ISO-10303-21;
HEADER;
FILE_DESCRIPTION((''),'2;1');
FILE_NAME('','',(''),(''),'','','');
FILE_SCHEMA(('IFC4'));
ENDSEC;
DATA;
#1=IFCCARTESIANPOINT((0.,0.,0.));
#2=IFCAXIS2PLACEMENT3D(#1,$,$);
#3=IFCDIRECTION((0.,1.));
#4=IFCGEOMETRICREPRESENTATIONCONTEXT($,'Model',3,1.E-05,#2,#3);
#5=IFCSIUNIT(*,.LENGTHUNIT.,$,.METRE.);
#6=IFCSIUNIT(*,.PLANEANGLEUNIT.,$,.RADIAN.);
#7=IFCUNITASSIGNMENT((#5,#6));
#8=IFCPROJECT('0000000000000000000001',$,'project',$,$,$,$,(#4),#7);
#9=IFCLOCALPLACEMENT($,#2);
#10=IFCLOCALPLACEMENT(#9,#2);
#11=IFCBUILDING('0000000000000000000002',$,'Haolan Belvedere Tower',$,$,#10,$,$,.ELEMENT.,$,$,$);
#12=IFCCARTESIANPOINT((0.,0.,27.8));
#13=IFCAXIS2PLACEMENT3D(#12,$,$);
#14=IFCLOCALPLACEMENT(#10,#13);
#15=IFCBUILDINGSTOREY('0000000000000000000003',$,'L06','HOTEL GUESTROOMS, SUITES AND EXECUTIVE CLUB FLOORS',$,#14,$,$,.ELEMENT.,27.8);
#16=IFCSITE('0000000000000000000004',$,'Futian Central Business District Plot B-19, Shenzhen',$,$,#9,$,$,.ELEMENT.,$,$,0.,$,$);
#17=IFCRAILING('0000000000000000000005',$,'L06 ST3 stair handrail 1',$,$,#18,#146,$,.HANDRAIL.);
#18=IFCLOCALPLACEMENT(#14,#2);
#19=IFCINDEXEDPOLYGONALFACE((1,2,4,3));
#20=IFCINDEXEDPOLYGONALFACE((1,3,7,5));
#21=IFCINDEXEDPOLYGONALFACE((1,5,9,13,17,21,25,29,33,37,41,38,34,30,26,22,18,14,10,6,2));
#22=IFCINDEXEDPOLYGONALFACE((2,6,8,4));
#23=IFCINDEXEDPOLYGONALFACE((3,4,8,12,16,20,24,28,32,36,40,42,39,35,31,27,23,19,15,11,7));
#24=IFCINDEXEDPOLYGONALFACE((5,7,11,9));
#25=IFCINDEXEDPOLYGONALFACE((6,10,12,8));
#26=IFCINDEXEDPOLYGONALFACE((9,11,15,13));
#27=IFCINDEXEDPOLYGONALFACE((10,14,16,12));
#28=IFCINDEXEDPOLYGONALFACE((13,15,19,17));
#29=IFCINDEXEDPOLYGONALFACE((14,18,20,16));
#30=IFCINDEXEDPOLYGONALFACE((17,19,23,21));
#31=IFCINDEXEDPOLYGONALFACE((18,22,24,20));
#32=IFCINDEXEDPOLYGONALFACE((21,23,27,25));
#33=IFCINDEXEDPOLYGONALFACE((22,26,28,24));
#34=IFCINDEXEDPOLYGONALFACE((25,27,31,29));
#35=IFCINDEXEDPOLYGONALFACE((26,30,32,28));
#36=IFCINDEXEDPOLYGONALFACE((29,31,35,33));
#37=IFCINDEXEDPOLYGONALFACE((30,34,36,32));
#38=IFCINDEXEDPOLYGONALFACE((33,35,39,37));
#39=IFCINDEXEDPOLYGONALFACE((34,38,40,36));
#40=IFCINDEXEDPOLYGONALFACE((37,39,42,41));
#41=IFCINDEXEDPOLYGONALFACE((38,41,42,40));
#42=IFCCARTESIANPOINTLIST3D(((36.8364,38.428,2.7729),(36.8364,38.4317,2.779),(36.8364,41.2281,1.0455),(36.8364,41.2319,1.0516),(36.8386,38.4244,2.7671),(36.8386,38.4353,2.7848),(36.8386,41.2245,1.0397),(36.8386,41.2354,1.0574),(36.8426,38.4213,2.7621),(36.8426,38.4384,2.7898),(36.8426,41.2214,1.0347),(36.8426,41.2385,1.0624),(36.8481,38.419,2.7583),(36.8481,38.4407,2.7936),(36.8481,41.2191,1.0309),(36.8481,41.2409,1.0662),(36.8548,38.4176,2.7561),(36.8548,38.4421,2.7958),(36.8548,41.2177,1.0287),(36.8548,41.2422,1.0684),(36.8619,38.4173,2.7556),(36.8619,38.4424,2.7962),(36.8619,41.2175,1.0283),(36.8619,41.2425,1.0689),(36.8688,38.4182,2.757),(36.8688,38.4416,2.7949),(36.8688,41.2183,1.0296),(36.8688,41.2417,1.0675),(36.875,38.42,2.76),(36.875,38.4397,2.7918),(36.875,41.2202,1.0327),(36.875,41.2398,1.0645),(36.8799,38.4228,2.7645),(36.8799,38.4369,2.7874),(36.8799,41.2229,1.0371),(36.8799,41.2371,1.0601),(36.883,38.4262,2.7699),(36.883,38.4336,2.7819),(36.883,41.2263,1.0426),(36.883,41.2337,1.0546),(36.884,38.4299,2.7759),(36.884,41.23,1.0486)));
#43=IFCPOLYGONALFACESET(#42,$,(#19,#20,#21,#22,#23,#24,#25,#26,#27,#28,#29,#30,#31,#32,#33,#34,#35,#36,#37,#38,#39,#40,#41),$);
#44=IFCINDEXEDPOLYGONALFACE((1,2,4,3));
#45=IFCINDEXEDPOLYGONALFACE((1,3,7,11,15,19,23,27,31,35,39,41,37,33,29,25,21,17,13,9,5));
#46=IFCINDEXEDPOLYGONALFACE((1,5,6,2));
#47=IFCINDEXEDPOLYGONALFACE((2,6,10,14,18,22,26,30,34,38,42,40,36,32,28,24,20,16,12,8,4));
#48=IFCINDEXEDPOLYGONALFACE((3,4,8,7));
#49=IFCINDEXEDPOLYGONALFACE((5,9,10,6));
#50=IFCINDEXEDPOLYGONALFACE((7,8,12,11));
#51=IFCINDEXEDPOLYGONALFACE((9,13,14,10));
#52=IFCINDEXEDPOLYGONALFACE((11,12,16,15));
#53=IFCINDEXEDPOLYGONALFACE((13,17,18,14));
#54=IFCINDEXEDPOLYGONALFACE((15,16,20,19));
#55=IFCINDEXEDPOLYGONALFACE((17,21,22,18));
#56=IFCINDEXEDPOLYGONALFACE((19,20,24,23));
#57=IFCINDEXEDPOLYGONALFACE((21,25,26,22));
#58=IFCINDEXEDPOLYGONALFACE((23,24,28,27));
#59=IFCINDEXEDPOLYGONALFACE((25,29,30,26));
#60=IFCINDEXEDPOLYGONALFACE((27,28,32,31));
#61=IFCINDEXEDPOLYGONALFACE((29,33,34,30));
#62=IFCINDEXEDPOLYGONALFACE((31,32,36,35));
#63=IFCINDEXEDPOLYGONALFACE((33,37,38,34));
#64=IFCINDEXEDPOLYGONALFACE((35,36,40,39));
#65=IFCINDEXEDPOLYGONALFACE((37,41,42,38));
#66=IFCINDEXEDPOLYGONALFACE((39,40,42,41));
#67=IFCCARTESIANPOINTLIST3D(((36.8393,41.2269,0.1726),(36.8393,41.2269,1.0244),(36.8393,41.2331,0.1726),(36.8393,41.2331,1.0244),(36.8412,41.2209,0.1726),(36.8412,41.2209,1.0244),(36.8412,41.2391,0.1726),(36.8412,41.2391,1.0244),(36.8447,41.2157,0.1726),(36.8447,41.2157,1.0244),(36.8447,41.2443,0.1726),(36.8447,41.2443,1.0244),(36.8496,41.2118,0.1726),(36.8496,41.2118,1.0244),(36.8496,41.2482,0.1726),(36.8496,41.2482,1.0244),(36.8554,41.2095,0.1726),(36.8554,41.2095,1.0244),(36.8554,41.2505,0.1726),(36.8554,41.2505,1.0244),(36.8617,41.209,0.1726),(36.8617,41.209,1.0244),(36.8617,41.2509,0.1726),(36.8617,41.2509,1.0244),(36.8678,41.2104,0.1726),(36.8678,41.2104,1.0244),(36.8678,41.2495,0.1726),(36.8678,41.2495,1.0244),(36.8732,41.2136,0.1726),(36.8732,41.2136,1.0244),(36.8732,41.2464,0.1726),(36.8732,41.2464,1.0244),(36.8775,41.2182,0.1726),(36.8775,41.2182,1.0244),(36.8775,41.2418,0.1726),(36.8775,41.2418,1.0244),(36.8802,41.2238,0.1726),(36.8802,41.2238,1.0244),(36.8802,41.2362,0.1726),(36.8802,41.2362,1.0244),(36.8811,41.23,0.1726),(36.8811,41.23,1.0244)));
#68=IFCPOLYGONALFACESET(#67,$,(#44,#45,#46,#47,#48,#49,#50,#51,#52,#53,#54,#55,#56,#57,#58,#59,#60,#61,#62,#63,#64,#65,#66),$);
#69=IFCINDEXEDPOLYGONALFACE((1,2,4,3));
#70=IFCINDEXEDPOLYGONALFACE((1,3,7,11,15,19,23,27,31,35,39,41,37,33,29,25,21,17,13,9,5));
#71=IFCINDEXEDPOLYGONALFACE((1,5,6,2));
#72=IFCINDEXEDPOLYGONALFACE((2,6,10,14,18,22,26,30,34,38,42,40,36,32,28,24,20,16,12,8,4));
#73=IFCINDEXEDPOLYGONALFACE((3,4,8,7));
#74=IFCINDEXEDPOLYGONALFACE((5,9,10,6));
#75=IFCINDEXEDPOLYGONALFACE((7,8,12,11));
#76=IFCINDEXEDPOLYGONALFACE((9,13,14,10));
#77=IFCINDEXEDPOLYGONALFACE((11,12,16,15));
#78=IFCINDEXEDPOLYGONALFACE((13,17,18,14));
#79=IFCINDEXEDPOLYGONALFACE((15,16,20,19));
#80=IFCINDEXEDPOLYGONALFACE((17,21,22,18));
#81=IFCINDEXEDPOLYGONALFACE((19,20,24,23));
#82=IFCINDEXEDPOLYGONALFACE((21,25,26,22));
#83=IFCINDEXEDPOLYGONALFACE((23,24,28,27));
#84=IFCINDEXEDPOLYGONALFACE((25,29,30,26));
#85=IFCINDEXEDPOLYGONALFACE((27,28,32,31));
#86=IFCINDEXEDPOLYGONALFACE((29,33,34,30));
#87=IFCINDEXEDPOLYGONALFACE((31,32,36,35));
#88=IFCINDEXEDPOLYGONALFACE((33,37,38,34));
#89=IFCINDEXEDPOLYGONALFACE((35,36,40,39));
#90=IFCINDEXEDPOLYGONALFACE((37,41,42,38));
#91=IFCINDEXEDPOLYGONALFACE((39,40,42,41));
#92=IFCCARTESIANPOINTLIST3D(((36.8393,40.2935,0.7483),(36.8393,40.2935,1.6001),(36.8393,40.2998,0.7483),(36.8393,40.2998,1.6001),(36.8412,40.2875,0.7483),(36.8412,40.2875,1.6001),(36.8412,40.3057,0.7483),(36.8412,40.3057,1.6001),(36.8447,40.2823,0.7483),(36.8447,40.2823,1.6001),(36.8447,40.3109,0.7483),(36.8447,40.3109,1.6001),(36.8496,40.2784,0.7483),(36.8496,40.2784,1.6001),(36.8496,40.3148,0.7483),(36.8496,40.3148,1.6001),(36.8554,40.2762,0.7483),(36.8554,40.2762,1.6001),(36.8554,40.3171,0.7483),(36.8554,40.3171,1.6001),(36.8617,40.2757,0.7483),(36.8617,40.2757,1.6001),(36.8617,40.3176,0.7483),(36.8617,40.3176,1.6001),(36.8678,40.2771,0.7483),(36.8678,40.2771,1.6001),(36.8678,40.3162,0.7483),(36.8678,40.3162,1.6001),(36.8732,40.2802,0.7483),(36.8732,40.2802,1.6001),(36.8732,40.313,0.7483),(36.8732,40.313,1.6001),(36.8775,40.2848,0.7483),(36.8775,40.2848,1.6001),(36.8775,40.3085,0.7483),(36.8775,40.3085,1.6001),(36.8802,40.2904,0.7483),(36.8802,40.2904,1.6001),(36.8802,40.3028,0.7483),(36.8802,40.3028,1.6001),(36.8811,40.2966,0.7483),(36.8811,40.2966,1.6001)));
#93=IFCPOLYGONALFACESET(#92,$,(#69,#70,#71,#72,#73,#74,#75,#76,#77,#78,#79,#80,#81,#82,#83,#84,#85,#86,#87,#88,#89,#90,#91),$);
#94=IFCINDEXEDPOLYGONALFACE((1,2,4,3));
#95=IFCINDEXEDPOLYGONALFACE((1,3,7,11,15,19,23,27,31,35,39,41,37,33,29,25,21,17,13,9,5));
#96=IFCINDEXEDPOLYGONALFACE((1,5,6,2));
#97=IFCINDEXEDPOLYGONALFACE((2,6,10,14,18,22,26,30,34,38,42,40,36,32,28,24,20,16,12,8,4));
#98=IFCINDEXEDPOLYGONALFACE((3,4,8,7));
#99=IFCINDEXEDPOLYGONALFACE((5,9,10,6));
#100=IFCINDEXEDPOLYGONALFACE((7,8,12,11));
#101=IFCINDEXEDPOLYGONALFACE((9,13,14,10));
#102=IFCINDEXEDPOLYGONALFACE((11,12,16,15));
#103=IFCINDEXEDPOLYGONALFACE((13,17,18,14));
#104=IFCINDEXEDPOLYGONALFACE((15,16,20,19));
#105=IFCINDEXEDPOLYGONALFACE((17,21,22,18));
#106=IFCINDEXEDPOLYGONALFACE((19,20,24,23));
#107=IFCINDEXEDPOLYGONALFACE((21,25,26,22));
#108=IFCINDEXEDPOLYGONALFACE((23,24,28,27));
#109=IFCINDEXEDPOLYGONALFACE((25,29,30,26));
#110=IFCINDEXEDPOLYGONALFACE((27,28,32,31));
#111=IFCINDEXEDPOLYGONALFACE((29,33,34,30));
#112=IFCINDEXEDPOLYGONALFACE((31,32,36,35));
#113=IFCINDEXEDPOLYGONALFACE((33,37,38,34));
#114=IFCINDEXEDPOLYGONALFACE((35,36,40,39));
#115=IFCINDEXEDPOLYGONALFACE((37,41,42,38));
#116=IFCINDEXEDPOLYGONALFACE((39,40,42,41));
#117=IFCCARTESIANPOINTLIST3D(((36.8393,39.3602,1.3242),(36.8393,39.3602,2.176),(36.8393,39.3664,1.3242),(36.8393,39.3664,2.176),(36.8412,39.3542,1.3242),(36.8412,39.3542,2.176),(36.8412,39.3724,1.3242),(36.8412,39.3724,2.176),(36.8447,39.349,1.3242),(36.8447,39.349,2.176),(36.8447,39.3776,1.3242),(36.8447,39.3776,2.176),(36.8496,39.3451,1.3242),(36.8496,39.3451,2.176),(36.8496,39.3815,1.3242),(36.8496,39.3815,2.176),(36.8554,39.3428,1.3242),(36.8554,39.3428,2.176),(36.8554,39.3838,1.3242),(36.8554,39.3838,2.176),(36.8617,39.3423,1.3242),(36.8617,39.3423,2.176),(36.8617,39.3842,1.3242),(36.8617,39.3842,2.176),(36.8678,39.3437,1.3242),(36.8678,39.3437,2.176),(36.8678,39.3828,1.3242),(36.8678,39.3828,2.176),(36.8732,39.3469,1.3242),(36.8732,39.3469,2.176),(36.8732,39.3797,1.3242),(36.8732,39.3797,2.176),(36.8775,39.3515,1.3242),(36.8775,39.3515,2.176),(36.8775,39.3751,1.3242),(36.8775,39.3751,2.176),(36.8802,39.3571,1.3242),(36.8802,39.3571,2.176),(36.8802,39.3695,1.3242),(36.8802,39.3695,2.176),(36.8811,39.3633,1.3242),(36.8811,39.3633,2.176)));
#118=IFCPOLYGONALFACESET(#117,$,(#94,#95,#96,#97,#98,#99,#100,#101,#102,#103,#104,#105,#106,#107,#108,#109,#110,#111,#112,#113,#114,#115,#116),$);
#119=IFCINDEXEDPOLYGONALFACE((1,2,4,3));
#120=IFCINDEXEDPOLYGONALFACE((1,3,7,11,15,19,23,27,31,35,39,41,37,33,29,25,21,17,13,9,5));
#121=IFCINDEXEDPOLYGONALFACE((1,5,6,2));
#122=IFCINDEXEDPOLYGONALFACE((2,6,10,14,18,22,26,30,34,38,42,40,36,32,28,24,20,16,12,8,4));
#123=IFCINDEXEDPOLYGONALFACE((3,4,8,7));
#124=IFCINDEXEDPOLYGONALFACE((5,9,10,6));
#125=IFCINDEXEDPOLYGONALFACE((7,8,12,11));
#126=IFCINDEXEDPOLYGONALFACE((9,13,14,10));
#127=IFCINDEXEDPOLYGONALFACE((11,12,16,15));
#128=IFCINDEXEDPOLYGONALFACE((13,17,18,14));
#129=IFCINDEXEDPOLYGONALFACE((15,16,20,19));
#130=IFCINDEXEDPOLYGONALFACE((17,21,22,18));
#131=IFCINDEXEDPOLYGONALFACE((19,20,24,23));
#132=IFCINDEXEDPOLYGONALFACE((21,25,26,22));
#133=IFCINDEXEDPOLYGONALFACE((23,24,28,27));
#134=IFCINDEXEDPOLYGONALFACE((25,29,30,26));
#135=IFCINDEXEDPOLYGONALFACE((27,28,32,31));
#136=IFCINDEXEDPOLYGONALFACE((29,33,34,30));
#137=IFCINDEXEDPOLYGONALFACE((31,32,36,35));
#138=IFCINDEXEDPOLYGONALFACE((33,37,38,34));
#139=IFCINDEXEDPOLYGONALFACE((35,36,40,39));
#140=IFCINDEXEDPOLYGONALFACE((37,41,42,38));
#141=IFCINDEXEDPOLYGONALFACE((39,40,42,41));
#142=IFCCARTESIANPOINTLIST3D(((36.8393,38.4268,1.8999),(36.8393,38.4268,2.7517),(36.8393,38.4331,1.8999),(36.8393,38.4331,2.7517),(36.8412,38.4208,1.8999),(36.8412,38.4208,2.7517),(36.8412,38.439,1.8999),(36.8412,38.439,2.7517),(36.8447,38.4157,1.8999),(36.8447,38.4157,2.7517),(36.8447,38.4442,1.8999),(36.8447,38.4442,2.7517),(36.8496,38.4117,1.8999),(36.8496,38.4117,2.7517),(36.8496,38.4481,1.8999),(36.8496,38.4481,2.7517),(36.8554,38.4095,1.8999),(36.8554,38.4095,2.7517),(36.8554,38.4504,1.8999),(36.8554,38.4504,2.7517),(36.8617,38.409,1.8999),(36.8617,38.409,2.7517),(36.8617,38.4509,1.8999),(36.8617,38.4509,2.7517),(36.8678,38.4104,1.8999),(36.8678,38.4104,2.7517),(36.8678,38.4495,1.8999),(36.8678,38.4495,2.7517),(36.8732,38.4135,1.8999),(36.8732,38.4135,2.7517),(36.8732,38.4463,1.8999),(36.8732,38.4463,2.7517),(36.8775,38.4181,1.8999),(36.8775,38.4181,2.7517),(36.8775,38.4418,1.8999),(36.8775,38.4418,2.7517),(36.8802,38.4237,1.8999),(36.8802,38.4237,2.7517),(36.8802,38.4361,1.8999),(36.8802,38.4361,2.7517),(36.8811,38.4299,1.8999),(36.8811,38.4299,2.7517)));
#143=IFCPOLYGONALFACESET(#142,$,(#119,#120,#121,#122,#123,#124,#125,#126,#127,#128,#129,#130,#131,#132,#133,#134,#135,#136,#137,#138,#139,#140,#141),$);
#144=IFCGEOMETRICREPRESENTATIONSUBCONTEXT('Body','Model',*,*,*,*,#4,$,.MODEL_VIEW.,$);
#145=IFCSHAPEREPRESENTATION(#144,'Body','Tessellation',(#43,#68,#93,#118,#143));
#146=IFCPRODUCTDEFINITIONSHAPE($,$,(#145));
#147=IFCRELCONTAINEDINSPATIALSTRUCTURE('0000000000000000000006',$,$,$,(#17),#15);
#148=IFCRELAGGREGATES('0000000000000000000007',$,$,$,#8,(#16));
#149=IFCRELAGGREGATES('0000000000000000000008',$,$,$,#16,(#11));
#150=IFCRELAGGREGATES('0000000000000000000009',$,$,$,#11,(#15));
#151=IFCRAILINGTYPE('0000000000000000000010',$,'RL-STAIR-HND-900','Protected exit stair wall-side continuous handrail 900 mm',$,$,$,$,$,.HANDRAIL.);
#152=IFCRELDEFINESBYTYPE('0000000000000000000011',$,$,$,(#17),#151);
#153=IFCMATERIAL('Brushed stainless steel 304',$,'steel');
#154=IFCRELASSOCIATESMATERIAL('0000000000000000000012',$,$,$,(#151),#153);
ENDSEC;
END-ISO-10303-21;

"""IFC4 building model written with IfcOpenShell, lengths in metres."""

from ifc_helpers import new_model, si_unit, direction, frame, origin, origin_2d, place, context, subcontext, project, spatial, circle, extrude, material, type_object, element, save


model = new_model("IFC4")

# Units and contexts
model_context = context("Model", 3, precision=1e-05, world=origin(), true_north=direction((0.0, 1.0)))
body_context = subcontext(model_context, "Body", "Model", "MODEL_VIEW")
ifc_project = project(units=[si_unit("LENGTHUNIT", "METRE"), si_unit("PLANEANGLEUNIT", "RADIAN")], contexts=[model_context])

# Site, building, storey
site_placement = place(None, origin())
site = spatial("IfcSite", under=ifc_project, at=site_placement, Name="Futian Central Business District Plot B-19, Shenzhen", CompositionType="ELEMENT", RefElevation=0.0)
building_placement = place(site_placement, origin())
building = spatial("IfcBuilding", under=site, at=building_placement, Name="Haolan Belvedere Tower", CompositionType="ELEMENT")
storey_placement = place(building_placement, frame((0.0, 0.0, 27.8)))
storey = spatial("IfcBuildingStorey", under=building, at=storey_placement, Name="L06", Description="HOTEL GUESTROOMS, SUITES AND EXECUTIVE CLUB FLOORS", CompositionType="ELEMENT", Elevation=27.8)

# Railing
ifc_material_1 = material(Name="Brushed stainless steel 304", Category="steel")
railing_type_1 = type_object("IfcRailingType", Name="RL-STAIR-HND-900", Description="Protected exit stair wall-side continuous handrail 900 mm", PredefinedType="HANDRAIL", material=ifc_material_1)
railing_1_placement = place(storey_placement, frame((36.8601, 41.23, 0.1726)))
element("IfcRailing", 1, at=railing_1_placement, inside=storey, type_object=railing_type_1, Name="L06 ST3 stair handrail 1", PredefinedType="HANDRAIL", context=body_context, shape_type="SweptSolid", body=[
    extrude(circle(Radius=0.0239, at=origin_2d()), frame((0.0, 0.0, 0.876), z_axis=(0.0, -0.85109, 0.52502), x_axis=(1.0, 0.0, 0.0)), (0.0, 0.0, 1.0), 3.29),
    extrude(circle(Radius=0.021, at=origin_2d()), origin(), (0.0, 0.0, 1.0), 0.8518),
    extrude(circle(Radius=0.021, at=origin_2d()), frame((0.0, -0.9333, 0.5757)), (0.0, 0.0, 1.0), 0.8518),
    extrude(circle(Radius=0.021, at=origin_2d()), frame((0.0, -1.8667, 1.1516)), (0.0, 0.0, 1.0), 0.8518),
    extrude(circle(Radius=0.021, at=origin_2d()), frame((0.0, -2.8, 1.7273)), (0.0, 0.0, 1.0), 0.8518),
])

save(model, "model.ifc")
